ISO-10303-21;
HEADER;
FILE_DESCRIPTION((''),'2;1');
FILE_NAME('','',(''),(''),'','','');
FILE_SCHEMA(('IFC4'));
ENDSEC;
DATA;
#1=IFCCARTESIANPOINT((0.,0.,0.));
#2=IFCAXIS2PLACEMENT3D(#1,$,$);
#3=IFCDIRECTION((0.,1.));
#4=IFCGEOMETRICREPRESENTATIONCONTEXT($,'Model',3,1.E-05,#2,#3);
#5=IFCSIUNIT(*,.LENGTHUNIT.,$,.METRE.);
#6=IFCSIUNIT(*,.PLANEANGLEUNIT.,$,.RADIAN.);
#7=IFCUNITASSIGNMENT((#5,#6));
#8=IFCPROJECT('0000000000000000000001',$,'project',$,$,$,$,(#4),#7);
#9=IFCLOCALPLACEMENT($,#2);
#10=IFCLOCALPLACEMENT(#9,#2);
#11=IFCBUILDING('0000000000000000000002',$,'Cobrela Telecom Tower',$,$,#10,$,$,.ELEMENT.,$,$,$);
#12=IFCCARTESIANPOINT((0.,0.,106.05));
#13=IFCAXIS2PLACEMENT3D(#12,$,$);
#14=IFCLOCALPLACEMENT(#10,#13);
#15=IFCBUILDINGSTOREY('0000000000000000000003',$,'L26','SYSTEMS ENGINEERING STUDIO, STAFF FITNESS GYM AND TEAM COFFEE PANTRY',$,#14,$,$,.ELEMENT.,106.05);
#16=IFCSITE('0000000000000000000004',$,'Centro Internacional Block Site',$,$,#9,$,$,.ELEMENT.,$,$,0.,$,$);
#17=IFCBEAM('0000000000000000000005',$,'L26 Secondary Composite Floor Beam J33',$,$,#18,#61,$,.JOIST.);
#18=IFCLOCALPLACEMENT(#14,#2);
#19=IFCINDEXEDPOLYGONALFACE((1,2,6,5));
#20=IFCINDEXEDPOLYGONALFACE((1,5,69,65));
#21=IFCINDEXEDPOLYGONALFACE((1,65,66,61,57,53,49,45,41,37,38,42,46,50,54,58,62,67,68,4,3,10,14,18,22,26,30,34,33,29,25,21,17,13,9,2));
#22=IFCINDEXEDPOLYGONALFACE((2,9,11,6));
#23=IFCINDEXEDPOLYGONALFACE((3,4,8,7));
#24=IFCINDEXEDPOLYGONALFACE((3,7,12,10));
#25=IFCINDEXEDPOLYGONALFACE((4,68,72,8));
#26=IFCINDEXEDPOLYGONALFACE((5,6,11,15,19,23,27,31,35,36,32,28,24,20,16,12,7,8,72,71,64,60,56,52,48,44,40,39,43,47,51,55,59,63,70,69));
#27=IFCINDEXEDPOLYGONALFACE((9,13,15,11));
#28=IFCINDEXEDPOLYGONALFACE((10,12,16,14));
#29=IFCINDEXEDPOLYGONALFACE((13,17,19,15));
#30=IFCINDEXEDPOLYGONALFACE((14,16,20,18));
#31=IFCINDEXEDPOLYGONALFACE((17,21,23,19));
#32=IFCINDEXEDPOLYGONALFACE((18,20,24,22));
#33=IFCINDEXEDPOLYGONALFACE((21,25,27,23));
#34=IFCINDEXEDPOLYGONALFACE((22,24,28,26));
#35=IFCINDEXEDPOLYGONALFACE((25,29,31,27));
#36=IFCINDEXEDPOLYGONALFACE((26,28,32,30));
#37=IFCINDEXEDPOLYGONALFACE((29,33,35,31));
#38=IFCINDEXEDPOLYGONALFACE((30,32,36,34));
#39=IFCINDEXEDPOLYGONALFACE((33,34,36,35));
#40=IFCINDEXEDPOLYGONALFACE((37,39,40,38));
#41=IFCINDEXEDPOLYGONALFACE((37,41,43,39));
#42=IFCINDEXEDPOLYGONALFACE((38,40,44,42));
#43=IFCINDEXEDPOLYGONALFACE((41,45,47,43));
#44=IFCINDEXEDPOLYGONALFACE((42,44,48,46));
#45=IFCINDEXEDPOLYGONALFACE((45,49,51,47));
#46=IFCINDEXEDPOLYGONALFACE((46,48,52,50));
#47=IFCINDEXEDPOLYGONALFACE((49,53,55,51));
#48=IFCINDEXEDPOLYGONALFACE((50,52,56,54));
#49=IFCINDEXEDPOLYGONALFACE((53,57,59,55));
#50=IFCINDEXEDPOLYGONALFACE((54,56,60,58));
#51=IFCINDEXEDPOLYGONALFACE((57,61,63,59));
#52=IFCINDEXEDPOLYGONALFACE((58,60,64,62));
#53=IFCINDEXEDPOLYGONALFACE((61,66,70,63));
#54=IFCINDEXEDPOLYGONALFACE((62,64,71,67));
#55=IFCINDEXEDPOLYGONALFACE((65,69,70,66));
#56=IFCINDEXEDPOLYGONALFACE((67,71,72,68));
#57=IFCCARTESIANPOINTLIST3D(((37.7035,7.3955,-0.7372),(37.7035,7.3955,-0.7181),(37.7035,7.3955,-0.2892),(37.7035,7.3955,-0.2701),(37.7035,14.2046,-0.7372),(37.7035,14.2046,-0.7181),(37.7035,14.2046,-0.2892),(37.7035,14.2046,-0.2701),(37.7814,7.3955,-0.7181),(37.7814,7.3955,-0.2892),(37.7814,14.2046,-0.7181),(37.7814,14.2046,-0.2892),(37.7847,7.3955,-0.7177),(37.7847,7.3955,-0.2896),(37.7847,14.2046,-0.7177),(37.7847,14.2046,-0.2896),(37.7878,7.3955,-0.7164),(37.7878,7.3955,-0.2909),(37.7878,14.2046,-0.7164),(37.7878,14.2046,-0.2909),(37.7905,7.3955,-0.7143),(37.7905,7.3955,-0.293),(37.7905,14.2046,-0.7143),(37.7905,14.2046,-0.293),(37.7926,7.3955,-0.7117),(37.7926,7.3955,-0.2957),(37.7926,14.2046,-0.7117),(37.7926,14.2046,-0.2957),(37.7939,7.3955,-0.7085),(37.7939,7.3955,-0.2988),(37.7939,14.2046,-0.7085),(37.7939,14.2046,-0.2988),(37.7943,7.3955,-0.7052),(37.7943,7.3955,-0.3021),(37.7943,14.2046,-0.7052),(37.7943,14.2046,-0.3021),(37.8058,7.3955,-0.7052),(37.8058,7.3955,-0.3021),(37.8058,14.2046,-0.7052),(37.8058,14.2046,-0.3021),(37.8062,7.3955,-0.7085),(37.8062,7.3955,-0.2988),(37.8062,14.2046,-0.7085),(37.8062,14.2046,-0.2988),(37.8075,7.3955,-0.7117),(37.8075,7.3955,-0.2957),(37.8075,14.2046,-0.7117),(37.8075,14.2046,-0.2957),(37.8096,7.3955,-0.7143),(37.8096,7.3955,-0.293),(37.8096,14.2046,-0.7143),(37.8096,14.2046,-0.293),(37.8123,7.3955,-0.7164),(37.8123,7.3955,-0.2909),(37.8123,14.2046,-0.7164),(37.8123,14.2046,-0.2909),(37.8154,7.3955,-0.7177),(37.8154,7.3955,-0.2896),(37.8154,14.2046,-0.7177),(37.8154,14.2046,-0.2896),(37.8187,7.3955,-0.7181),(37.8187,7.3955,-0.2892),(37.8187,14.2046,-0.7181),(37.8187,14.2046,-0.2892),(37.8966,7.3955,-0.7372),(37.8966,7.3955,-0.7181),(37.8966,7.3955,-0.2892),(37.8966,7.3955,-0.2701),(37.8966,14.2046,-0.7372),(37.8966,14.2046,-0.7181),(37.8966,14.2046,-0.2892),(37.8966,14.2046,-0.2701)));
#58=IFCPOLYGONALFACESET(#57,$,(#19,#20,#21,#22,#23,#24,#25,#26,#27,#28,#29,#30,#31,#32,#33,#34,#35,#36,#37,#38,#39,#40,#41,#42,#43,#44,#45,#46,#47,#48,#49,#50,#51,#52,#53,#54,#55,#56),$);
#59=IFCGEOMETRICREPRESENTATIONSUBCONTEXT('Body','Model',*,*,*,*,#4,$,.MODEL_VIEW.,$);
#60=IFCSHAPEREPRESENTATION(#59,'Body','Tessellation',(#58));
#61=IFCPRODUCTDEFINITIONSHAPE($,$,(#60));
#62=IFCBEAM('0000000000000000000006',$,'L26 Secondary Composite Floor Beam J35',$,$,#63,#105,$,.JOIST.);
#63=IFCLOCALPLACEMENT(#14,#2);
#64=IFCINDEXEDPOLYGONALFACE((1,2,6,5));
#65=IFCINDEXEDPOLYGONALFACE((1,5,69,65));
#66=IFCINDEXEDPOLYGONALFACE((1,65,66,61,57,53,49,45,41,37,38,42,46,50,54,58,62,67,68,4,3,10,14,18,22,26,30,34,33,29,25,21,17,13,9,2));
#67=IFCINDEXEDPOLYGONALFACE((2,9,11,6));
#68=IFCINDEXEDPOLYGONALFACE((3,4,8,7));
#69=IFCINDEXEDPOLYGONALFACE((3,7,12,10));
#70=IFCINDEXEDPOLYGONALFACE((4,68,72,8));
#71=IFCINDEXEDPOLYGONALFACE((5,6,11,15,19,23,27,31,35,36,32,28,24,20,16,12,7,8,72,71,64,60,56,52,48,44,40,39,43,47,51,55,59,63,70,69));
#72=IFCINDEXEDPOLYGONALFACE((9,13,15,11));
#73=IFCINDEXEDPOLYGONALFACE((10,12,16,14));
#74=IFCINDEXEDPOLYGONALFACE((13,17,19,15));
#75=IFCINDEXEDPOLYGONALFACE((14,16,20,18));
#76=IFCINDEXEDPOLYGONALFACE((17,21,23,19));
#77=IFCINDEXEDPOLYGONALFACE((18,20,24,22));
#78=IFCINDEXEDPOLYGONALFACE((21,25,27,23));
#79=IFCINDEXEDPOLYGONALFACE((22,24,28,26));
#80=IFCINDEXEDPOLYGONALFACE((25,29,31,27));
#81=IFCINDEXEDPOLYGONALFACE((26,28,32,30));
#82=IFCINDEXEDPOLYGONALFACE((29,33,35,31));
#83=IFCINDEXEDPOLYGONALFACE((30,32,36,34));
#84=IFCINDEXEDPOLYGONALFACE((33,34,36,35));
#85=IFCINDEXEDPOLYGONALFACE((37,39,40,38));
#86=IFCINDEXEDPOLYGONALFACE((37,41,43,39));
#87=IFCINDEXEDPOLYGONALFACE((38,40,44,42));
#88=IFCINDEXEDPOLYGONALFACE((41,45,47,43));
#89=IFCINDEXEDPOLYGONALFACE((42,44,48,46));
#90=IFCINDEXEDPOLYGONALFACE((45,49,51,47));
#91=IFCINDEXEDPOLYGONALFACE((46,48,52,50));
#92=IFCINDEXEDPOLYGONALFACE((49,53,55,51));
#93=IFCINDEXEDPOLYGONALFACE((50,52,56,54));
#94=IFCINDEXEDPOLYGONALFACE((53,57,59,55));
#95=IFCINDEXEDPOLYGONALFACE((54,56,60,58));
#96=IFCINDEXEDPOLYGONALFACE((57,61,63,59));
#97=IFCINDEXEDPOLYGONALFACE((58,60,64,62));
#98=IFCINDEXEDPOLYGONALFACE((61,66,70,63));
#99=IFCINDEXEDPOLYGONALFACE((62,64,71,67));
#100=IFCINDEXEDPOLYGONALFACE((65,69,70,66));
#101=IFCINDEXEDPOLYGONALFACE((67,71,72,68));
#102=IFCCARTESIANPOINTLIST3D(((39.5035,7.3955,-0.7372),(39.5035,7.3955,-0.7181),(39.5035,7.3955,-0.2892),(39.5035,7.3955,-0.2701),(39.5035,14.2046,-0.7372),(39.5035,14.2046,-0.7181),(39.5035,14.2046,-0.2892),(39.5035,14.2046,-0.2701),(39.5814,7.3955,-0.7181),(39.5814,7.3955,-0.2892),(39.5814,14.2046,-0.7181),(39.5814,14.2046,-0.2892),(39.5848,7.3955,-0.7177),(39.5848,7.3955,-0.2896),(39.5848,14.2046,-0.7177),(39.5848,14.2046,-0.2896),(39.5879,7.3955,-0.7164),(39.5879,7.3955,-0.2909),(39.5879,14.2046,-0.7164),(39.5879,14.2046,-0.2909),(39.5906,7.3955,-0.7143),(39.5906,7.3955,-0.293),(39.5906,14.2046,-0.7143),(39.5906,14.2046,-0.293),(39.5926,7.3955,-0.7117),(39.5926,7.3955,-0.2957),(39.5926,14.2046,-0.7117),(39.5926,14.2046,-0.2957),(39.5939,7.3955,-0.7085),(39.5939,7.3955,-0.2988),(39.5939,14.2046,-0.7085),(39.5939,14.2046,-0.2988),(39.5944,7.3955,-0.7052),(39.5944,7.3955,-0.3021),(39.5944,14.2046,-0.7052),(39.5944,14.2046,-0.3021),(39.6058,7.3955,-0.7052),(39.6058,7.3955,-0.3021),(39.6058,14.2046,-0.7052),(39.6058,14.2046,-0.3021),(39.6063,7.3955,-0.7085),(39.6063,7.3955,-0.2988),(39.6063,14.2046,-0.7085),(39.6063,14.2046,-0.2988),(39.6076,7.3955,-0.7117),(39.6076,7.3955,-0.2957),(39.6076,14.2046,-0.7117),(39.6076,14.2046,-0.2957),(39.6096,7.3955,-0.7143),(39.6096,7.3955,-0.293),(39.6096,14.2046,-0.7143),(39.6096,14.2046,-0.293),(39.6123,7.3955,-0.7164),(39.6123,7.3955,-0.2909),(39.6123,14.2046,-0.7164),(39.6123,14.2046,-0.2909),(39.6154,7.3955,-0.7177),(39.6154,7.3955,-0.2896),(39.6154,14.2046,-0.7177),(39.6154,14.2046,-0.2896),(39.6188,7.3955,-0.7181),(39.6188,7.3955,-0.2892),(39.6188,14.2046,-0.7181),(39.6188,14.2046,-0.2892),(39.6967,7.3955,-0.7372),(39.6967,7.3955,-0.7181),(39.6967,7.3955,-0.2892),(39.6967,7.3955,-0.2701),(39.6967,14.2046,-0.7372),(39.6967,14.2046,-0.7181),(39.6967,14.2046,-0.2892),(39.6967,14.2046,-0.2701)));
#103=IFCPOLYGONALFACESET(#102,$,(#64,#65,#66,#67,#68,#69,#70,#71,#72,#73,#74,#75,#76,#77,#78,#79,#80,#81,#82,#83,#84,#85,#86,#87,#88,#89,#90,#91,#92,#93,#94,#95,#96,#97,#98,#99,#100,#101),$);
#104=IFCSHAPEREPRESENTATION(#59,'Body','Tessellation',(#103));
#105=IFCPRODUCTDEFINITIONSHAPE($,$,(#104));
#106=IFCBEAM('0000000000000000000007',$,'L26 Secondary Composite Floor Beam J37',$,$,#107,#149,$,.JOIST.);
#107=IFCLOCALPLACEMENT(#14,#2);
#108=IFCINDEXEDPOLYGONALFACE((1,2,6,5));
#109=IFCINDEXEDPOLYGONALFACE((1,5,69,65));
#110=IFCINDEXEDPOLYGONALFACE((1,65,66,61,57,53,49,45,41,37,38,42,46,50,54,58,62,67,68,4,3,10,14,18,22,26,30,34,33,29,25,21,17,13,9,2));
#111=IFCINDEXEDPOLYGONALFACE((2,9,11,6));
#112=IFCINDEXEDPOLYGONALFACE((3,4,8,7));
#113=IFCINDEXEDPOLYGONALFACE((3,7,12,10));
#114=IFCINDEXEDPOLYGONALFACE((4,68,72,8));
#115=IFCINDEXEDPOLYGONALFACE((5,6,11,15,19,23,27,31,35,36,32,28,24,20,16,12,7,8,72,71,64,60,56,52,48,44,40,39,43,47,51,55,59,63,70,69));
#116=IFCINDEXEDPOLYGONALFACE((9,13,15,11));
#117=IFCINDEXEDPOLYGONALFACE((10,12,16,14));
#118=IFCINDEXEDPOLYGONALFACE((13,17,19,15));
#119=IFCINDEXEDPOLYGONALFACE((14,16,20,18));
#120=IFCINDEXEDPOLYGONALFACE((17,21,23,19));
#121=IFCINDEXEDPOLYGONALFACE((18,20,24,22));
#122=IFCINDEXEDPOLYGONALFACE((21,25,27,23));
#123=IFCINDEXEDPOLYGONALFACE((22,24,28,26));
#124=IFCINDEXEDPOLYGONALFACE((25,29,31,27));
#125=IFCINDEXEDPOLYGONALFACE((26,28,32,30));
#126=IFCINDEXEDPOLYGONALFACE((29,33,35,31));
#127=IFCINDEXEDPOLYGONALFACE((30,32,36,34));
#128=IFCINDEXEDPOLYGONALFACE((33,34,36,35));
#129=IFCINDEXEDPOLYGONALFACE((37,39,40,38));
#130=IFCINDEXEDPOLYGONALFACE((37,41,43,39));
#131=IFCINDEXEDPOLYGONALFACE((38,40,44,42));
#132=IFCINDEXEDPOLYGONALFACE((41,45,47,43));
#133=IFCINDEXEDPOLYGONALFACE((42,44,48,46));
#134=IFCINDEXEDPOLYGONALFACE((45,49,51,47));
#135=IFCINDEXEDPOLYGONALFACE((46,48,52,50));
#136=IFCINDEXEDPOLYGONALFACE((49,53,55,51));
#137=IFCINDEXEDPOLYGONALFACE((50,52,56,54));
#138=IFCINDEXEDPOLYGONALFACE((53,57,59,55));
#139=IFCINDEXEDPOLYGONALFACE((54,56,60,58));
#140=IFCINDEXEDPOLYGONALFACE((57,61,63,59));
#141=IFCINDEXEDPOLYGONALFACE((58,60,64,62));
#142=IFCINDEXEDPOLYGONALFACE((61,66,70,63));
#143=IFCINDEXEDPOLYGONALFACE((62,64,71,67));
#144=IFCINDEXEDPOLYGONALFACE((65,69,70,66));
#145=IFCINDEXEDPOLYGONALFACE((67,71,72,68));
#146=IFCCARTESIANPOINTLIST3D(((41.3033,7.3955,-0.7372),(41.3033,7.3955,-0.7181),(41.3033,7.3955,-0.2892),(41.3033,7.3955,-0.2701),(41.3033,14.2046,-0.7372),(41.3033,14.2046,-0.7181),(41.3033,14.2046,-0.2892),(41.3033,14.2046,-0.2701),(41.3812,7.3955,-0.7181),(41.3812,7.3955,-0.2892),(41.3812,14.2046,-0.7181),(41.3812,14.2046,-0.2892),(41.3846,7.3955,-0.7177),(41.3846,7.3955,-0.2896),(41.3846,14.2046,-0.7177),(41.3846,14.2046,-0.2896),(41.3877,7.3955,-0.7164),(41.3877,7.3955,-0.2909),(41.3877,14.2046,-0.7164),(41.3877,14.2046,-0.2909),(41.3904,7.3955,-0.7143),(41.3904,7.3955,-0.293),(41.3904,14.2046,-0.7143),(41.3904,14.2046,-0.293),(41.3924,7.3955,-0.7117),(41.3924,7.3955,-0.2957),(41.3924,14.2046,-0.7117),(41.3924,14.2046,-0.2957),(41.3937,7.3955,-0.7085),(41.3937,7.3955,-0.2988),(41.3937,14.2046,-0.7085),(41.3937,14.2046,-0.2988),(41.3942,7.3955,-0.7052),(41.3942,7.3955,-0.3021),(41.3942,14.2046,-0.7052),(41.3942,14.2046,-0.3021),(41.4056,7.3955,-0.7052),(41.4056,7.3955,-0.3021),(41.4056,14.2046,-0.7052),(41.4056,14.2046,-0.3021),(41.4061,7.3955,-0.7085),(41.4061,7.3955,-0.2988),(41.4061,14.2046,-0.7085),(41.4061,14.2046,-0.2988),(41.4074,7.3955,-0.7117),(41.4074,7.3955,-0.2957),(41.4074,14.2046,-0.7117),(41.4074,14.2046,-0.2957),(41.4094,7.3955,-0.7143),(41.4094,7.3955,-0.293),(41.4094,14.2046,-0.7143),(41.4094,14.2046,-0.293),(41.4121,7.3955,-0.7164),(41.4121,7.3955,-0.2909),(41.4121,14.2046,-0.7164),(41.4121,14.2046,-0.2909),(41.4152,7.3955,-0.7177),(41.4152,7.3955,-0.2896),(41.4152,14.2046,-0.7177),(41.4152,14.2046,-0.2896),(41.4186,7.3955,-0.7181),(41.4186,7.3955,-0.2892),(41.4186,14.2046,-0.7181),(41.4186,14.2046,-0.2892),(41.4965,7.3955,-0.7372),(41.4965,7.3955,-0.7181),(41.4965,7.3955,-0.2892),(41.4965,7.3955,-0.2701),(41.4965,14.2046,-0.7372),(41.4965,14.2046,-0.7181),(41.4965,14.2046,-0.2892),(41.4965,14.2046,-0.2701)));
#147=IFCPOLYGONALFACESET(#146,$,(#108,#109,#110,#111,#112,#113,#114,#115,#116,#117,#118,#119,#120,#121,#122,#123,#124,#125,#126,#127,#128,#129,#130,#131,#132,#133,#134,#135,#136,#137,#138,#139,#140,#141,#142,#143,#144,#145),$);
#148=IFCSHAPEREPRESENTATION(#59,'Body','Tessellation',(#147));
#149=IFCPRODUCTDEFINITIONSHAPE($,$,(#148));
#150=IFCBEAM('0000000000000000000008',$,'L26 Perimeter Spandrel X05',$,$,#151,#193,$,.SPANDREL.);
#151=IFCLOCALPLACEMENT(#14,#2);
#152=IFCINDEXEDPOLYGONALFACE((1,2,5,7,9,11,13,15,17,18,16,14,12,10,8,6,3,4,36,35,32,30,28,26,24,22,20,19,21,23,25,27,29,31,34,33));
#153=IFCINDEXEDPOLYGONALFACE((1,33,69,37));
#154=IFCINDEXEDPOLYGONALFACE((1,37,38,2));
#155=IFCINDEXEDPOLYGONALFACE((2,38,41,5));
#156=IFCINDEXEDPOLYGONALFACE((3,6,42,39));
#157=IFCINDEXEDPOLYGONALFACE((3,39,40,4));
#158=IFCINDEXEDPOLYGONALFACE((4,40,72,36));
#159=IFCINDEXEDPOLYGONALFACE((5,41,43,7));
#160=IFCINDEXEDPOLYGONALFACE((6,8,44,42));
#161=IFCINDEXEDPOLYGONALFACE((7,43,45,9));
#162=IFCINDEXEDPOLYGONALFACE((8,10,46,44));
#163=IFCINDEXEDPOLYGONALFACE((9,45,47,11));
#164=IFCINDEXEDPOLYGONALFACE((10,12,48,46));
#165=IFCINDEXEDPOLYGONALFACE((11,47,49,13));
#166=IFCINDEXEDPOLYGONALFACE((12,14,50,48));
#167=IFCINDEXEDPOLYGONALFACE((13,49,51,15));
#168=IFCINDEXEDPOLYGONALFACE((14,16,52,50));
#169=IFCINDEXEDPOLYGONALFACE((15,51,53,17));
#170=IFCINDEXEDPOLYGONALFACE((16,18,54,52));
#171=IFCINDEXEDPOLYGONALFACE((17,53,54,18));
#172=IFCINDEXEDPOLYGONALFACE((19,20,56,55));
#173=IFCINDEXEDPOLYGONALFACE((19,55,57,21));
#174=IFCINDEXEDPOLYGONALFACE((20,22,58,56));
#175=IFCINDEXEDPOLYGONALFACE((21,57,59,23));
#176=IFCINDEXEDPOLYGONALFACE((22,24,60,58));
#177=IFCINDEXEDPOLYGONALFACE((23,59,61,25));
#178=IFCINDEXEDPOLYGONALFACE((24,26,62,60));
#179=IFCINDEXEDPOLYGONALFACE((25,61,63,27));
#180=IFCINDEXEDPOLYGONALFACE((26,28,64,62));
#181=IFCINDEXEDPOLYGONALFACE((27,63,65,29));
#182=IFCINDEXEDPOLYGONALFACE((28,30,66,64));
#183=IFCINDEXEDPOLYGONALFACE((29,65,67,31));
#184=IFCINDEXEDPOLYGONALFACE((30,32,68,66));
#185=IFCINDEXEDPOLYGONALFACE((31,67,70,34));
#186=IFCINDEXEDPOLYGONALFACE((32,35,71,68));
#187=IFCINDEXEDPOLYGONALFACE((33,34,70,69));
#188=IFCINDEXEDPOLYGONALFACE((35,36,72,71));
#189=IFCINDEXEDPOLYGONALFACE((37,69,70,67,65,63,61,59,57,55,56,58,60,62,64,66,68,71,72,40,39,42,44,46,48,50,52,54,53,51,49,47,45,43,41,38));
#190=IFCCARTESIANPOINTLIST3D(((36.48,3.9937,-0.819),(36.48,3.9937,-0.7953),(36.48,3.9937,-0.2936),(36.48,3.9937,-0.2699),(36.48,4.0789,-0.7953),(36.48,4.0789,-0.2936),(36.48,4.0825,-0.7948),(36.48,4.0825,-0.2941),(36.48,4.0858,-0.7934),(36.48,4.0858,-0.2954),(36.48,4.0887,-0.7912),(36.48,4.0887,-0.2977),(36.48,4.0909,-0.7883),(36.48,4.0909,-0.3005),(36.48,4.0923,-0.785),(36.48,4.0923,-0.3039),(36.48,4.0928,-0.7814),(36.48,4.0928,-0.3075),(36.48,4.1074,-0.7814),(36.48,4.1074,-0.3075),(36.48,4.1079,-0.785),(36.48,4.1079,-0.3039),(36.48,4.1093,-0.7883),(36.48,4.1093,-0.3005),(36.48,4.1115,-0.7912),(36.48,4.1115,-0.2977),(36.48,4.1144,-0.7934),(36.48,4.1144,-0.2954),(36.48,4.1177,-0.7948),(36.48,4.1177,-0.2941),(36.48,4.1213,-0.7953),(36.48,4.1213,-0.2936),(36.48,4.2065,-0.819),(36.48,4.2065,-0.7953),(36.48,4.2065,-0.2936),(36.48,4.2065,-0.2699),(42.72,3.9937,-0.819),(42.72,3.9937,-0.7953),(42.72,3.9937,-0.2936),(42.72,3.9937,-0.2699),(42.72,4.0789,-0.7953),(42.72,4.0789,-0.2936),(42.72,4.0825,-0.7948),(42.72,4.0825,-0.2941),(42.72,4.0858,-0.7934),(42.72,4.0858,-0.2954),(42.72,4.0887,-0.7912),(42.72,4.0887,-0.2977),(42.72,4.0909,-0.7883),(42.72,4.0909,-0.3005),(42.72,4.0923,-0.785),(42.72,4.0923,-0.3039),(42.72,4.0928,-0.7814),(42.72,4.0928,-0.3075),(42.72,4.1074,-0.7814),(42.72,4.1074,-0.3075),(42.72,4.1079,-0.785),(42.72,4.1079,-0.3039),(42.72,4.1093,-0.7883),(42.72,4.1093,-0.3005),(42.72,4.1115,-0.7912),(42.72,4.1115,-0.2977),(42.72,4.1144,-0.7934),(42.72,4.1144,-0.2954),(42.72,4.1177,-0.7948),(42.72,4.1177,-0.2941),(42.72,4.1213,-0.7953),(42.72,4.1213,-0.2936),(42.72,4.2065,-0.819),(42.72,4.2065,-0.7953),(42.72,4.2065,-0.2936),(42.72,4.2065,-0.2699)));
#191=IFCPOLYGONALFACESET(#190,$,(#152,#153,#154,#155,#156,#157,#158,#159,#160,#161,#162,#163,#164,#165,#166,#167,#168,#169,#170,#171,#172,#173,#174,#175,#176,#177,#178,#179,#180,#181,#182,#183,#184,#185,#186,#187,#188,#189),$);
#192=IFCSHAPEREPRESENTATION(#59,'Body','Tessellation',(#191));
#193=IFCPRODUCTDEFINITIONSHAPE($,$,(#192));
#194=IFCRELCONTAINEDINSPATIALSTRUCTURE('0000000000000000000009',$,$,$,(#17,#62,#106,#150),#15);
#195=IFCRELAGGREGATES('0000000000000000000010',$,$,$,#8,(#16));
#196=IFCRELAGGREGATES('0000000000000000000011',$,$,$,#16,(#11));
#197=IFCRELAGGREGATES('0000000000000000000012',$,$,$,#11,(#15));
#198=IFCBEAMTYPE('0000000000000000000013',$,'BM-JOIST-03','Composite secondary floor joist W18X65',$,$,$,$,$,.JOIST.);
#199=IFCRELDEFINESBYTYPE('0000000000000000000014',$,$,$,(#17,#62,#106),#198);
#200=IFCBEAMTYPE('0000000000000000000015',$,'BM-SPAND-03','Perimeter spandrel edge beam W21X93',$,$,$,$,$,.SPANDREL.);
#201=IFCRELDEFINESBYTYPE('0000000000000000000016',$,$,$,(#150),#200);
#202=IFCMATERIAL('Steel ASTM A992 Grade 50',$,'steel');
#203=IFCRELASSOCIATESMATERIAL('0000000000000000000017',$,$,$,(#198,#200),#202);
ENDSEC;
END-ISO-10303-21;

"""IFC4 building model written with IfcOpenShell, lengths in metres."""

from ifc_helpers import new_model, si_unit, direction, frame, origin, origin_2d, place, context, subcontext, project, spatial, i_section, extrude, material, material_profile, profile_set, type_object, element, save


model = new_model("IFC4")

# Units and contexts
model_context = context("Model", 3, precision=1e-05, world=origin(), true_north=direction((0.0, 1.0)))
body_context = subcontext(model_context, "Body", "Model", "MODEL_VIEW")
ifc_project = project(units=[si_unit("LENGTHUNIT", "METRE"), si_unit("PLANEANGLEUNIT", "RADIAN")], contexts=[model_context])

# Site, building, storey
site_placement = place(None, origin())
site = spatial("IfcSite", under=ifc_project, at=site_placement, Name="Centro Internacional Block Site", CompositionType="ELEMENT", RefElevation=0.0)
building_placement = place(site_placement, origin())
building = spatial("IfcBuilding", under=site, at=building_placement, Name="Cobrela Telecom Tower", CompositionType="ELEMENT")
storey_placement = place(building_placement, frame((0.0, 0.0, 106.05)))
storey = spatial("IfcBuildingStorey", under=building, at=storey_placement, Name="L26", Description="SYSTEMS ENGINEERING STUDIO, STAFF FITNESS GYM AND TEAM COFFEE PANTRY", CompositionType="ELEMENT", Elevation=106.05)

# Shared definitions
ifc_material_1 = material(Name="Steel ASTM A992 Grade 50", Category="steel")

# Beams
ifc_material_profile_1 = material_profile(ifc_material_1, i_section(OverallWidth=0.1931, OverallDepth=0.467, WebThickness=0.0115, FlangeThickness=0.019, FilletRadius=0.0129, at=origin_2d()), Name="W18X65")
ifc_profile_set_1 = profile_set([ifc_material_profile_1], Name="Steel ASTM A992 Grade 50")
beam_type_1 = type_object("IfcBeamType", Name="BM-JOIST-03", Description="Composite secondary floor joist W18X65", PredefinedType="JOIST", material=ifc_profile_set_1)
for number, where, z_axis, x_axis, name in (
    (1, (37.8, 7.3955, -0.5037), (0.0, 1.0, 0.0), (-1.0, 0.0, 0.0), "L26 Secondary Composite Floor Beam J33"),
    (2, (39.6001, 7.3955, -0.5037), (0.0, 1.0, 0.0), (-1.0, 0.0, 0.0), "L26 Secondary Composite Floor Beam J35"),
    (3, (41.3999, 7.3955, -0.5037), (0.0, 1.0, 0.0), (-1.0, 0.0, 0.0), "L26 Secondary Composite Floor Beam J37"),
):
    element("IfcBeam", number, at=place(storey_placement, frame(where, z_axis=z_axis, x_axis=x_axis)), inside=storey, type_object=beam_type_1, Name=name, PredefinedType="JOIST", context=body_context, shape_type="SweptSolid", body=[
        extrude(i_section(OverallWidth=0.1931, OverallDepth=0.467, WebThickness=0.0115, FlangeThickness=0.019, FilletRadius=0.0129, at=origin_2d()), origin(), (0.0, 0.0, 1.0), 6.8091),
    ])
ifc_material_profile_2 = material_profile(ifc_material_1, i_section(OverallWidth=0.2129, OverallDepth=0.5491, WebThickness=0.0146, FlangeThickness=0.0237, FilletRadius=0.0139, at=origin_2d()), Name="W21X93")
ifc_profile_set_2 = profile_set([ifc_material_profile_2], Name="Steel ASTM A992 Grade 50")
beam_type_2 = type_object("IfcBeamType", Name="BM-SPAND-03", Description="Perimeter spandrel edge beam W21X93", PredefinedType="SPANDREL", material=ifc_profile_set_2)
beam_1_placement = place(storey_placement, frame((36.48, 4.1001, -0.5444), z_axis=(1.0, 0.0, 0.0), x_axis=(0.0, 1.0, 0.0)))
element("IfcBeam", 4, at=beam_1_placement, inside=storey, type_object=beam_type_2, Name="L26 Perimeter Spandrel X05", PredefinedType="SPANDREL", context=body_context, shape_type="SweptSolid", body=[
    extrude(i_section(OverallWidth=0.2129, OverallDepth=0.5491, WebThickness=0.0146, FlangeThickness=0.0237, FilletRadius=0.0139, at=origin_2d()), origin(), (0.0, 0.0, 1.0), 6.24),
])

save(model, "model.ifc")
